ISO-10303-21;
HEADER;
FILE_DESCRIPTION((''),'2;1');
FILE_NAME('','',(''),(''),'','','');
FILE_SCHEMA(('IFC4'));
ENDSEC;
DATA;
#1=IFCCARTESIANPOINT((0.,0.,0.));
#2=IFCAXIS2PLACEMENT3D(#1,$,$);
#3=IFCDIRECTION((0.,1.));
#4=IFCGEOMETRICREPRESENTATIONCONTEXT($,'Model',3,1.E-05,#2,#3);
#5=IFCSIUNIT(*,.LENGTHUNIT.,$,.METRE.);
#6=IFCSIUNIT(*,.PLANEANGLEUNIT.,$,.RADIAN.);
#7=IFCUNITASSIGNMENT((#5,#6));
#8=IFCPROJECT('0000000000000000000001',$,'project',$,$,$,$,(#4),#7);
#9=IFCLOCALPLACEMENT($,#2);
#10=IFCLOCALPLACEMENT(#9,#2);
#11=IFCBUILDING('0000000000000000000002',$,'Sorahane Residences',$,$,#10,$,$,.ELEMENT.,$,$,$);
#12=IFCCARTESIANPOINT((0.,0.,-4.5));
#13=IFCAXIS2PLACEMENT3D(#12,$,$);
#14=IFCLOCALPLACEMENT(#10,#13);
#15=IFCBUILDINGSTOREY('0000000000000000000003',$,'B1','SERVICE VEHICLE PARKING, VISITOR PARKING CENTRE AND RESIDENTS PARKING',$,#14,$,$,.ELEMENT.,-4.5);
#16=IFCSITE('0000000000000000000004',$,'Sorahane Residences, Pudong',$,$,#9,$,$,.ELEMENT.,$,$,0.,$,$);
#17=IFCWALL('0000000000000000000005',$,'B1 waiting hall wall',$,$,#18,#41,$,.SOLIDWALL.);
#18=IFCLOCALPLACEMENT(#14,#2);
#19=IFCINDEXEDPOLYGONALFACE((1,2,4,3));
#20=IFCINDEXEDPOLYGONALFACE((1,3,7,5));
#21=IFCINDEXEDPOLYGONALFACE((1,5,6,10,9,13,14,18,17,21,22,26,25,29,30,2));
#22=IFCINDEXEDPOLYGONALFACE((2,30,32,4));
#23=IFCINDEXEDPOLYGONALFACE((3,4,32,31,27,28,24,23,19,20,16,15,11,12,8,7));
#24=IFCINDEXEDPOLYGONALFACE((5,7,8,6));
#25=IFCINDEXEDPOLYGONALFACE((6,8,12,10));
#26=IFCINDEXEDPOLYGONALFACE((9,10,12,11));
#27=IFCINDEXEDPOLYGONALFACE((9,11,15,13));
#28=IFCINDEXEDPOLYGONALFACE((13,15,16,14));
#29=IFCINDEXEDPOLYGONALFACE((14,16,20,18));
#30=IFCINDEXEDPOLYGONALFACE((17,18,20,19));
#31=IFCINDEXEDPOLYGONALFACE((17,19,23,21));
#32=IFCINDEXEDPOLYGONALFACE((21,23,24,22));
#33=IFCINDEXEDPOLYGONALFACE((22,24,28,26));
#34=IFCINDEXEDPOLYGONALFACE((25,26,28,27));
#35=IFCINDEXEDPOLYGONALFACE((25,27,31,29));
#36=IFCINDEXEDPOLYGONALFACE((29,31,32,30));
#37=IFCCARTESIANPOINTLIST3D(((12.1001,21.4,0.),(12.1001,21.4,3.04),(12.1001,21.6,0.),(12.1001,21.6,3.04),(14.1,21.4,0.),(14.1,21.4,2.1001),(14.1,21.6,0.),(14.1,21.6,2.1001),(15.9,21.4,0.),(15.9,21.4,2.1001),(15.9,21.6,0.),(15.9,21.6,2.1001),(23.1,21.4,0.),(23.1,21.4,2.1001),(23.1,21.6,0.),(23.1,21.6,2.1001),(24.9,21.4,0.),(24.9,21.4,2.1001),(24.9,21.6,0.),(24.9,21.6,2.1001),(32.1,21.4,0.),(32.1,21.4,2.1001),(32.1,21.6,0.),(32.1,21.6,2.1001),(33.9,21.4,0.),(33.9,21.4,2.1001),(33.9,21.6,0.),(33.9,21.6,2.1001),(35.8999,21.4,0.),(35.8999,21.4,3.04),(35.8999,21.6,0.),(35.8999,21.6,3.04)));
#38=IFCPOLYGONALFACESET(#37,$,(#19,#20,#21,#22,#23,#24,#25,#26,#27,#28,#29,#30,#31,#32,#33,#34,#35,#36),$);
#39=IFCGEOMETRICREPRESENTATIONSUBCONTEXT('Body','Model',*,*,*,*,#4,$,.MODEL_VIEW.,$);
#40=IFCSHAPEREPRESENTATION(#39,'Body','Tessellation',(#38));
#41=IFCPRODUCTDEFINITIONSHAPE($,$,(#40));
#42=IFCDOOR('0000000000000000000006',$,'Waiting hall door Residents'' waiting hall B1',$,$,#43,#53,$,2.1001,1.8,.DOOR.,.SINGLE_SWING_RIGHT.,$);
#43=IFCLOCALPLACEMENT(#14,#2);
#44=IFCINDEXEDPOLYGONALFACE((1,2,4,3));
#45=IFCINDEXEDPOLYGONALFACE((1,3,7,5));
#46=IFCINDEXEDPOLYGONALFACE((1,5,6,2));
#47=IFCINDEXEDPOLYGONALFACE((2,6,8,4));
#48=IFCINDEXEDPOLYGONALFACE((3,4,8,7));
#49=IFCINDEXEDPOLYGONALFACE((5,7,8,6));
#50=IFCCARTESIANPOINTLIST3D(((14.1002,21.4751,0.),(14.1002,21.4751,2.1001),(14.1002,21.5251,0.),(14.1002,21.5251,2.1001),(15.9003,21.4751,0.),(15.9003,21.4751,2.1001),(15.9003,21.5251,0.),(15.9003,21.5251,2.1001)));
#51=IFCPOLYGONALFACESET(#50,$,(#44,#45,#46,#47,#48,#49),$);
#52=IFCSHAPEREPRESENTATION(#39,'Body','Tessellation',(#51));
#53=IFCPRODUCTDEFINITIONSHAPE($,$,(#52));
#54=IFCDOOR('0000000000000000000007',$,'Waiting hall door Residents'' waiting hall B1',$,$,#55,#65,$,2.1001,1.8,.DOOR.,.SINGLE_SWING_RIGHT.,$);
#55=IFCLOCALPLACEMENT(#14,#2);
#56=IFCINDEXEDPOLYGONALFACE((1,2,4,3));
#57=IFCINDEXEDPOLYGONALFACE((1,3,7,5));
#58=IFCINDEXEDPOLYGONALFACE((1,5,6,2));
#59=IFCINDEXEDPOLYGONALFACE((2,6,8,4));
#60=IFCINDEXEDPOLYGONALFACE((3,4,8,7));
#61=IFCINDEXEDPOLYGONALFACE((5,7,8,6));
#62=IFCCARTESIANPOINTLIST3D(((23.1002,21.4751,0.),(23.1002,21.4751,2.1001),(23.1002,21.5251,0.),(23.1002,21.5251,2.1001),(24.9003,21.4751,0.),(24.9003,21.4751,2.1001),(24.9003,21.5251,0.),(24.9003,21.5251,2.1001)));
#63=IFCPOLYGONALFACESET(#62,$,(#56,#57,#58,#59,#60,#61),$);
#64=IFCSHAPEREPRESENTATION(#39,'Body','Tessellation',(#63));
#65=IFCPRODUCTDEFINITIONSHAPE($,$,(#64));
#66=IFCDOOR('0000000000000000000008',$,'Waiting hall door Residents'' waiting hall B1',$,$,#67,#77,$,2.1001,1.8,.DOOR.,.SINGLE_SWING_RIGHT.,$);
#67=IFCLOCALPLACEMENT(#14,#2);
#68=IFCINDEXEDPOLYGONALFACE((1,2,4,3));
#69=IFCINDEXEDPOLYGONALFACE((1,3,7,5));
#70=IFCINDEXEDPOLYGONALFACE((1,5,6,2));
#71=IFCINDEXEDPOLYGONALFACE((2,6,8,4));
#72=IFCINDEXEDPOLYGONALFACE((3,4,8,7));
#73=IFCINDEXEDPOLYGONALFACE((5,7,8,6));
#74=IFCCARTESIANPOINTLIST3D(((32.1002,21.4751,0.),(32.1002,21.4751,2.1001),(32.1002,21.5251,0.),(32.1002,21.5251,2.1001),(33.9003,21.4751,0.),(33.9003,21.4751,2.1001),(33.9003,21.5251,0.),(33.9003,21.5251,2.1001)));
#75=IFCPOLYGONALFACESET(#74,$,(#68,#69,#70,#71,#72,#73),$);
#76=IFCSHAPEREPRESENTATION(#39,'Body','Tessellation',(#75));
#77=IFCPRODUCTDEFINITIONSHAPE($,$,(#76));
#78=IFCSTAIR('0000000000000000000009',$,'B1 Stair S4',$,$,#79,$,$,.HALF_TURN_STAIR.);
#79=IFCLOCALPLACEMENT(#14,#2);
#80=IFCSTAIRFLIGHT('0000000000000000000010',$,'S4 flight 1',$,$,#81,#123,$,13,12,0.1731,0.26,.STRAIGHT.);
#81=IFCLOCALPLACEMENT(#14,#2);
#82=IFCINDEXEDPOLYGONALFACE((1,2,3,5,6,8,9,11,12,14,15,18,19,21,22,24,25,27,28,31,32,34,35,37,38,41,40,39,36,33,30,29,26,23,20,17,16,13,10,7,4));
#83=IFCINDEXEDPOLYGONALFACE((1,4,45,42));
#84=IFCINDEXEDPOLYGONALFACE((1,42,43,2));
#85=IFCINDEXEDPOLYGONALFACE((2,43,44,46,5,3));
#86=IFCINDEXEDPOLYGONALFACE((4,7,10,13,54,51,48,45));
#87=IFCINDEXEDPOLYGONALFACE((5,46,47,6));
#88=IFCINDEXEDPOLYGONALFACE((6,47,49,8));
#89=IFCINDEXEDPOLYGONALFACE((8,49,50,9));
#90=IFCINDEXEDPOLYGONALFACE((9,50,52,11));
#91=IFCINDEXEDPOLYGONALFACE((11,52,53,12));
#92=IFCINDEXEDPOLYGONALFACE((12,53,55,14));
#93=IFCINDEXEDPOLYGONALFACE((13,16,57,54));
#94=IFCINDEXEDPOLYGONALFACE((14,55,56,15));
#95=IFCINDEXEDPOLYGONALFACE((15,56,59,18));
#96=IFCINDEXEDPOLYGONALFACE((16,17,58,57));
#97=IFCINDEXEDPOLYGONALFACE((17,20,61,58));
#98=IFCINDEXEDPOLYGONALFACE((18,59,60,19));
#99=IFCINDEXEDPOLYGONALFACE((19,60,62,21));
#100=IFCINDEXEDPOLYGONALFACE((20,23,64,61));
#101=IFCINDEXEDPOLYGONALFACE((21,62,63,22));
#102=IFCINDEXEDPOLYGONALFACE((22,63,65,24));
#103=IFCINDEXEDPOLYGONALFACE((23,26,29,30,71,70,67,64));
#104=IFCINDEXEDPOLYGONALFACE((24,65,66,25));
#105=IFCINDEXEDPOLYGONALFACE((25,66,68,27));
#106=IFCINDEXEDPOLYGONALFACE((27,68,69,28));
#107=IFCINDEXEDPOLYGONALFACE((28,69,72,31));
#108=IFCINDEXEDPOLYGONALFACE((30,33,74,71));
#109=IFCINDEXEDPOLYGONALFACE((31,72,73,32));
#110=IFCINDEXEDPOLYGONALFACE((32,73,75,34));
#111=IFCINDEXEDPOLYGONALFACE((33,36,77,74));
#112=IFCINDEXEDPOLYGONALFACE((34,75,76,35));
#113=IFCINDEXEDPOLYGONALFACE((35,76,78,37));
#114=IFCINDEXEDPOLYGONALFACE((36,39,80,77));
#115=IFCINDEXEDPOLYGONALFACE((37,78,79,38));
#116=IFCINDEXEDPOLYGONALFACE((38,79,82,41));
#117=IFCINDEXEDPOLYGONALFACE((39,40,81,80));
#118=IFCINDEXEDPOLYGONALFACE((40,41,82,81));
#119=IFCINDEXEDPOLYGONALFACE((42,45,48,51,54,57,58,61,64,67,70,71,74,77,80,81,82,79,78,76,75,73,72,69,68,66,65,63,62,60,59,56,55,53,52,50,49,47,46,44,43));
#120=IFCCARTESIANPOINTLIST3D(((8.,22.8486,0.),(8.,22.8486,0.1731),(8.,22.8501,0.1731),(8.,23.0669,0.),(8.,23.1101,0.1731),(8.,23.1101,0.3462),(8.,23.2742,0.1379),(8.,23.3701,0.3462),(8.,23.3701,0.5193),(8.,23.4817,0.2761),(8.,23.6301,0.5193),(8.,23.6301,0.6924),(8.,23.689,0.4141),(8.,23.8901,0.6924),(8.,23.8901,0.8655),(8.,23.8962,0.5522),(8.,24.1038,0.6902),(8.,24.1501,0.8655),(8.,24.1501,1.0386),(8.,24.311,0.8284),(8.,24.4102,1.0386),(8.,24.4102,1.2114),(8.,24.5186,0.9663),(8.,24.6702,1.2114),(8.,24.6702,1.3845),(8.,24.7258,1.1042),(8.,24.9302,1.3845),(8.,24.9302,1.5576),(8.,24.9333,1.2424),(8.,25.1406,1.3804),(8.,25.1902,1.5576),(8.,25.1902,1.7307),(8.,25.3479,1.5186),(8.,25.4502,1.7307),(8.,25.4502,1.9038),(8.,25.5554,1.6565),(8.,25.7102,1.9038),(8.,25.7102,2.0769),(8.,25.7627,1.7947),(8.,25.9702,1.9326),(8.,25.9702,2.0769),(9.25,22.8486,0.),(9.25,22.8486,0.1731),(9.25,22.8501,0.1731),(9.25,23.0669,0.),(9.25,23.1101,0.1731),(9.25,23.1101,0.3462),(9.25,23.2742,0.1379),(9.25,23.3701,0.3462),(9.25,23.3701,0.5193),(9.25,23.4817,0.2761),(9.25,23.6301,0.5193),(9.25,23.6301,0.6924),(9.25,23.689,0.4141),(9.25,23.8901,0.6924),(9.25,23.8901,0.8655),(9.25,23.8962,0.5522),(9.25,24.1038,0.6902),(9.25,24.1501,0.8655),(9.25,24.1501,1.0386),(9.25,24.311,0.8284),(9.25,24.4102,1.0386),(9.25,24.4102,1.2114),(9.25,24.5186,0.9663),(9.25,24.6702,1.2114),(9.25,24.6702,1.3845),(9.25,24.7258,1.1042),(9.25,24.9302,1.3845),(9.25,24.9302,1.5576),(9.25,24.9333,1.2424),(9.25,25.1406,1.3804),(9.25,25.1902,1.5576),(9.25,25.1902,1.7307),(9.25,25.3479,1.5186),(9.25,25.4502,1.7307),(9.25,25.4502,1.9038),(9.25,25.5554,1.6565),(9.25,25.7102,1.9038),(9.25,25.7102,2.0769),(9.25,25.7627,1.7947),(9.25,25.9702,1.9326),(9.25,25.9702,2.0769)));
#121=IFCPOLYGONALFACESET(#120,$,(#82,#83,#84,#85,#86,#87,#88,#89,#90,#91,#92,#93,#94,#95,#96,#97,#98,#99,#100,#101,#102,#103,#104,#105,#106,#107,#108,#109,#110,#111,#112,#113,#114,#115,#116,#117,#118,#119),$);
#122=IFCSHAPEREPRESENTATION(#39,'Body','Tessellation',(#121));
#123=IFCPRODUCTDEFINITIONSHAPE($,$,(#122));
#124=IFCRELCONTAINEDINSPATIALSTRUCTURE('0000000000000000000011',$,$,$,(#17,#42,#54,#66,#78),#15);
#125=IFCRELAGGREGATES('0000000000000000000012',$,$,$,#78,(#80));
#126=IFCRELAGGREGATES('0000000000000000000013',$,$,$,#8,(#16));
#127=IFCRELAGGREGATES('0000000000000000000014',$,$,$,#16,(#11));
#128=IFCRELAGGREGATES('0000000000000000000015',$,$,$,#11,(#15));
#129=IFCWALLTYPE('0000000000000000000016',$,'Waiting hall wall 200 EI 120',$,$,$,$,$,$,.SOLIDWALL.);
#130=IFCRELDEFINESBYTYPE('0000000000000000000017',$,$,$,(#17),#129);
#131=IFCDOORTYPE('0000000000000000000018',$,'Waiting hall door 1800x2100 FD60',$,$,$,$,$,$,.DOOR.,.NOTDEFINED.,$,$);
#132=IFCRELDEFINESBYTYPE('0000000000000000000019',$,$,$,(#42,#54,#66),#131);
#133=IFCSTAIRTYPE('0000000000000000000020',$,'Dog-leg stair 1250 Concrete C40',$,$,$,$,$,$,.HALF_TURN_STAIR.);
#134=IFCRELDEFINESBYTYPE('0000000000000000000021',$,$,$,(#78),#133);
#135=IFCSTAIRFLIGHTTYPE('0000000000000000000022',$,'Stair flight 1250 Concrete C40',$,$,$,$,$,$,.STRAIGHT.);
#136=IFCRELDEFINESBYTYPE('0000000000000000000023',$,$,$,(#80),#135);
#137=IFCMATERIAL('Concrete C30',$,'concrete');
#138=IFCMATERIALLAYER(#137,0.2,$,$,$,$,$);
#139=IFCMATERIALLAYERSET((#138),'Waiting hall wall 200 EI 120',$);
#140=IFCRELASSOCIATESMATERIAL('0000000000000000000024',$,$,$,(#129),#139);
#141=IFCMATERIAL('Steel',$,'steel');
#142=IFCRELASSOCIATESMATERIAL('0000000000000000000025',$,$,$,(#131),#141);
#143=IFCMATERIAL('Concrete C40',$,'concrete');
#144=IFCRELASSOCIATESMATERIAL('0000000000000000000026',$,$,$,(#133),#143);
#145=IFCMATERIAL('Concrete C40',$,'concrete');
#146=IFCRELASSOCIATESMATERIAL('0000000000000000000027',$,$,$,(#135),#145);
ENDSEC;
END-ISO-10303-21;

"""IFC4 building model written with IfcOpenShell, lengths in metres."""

from ifc_helpers import new_model, si_unit, direction, frame, frame_2d, origin, place, context, subcontext, project, spatial, polyline, rectangle, outline, extrude, material, layer, layer_set, type_object, element, fill, aggregate, save


model = new_model("IFC4")

# Units and contexts
model_context = context("Model", 3, precision=1e-05, world=origin(), true_north=direction((0.0, 1.0)))
body_context = subcontext(model_context, "Body", "Model", "MODEL_VIEW")
ifc_project = project(units=[si_unit("LENGTHUNIT", "METRE"), si_unit("PLANEANGLEUNIT", "RADIAN")], contexts=[model_context])

# Site, building, storey
site_placement = place(None, origin())
site = spatial("IfcSite", under=ifc_project, at=site_placement, Name="Sorahane Residences, Pudong", CompositionType="ELEMENT", RefElevation=0.0)
building_placement = place(site_placement, origin())
building = spatial("IfcBuilding", under=site, at=building_placement, Name="Sorahane Residences", CompositionType="ELEMENT")
storey_placement = place(building_placement, frame((0.0, 0.0, -4.5)))
storey = spatial("IfcBuildingStorey", under=building, at=storey_placement, Name="B1", Description="SERVICE VEHICLE PARKING, VISITOR PARKING CENTRE AND RESIDENTS PARKING", CompositionType="ELEMENT", Elevation=-4.5)

# Wall, openings, doors
ifc_material_1 = material(Name="Concrete C30", Category="concrete")
ifc_layer_1 = layer(ifc_material_1, 0.2)
ifc_layer_set_1 = layer_set([ifc_layer_1], Name="Waiting hall wall 200 EI 120")
wall_type_1 = type_object("IfcWallType", Name="Waiting hall wall 200 EI 120", PredefinedType="SOLIDWALL", material=ifc_layer_set_1)
wall_1_placement = place(storey_placement, frame((12.1001, 21.5, 0.0), z_axis=(0.0, 0.0, 1.0), x_axis=(1.0, 0.0, 0.0)))
wall_1 = element("IfcWall", 1, at=wall_1_placement, inside=storey, type_object=wall_type_1, Name="B1 waiting hall wall", PredefinedType="SOLIDWALL", context=body_context, shape_type="SweptSolid", body=[
    extrude(rectangle(XDim=23.7998, YDim=0.2, at=frame_2d((11.8999, 0.0))), origin(), (0.0, 0.0, 1.0), 3.04),
])
opening_1_placement = place(wall_1_placement, frame((2.0, 0.0, 0.0)))
opening_1 = element("IfcOpeningElement", 2, at=opening_1_placement, cuts=wall_1, PredefinedType="OPENING", context=body_context, shape_type="SweptSolid", body=[
    extrude(rectangle(XDim=1.8, YDim=2.1001, at=frame_2d((0.8999, 1.05))), frame((0.0, 0.1099, 0.0), z_axis=(0.0, -1.0, 0.0), x_axis=(1.0, 0.0, 0.0)), (0.0, 0.0, 1.0), 0.22),
])
opening_2_placement = place(wall_1_placement, frame((11.0, 0.0, 0.0)))
opening_2 = element("IfcOpeningElement", 3, at=opening_2_placement, cuts=wall_1, PredefinedType="OPENING", context=body_context, shape_type="SweptSolid", body=[
    extrude(rectangle(XDim=1.8, YDim=2.1001, at=frame_2d((0.8999, 1.05))), frame((0.0, 0.1099, 0.0), z_axis=(0.0, -1.0, 0.0), x_axis=(1.0, 0.0, 0.0)), (0.0, 0.0, 1.0), 0.22),
])
opening_3_placement = place(wall_1_placement, frame((20.0, 0.0, 0.0)))
opening_3 = element("IfcOpeningElement", 4, at=opening_3_placement, cuts=wall_1, PredefinedType="OPENING", context=body_context, shape_type="SweptSolid", body=[
    extrude(rectangle(XDim=1.8, YDim=2.1001, at=frame_2d((0.8999, 1.05))), frame((0.0, 0.1099, 0.0), z_axis=(0.0, -1.0, 0.0), x_axis=(1.0, 0.0, 0.0)), (0.0, 0.0, 1.0), 0.22),
])
ifc_material_2 = material(Name="Steel", Category="steel")
door_type_1 = type_object("IfcDoorType", Name="Waiting hall door 1800x2100 FD60", OperationType="NOTDEFINED", PredefinedType="DOOR", material=ifc_material_2)
door_1_placement = place(opening_1_placement, frame((1.8, 0.0, 0.0), z_axis=(0.0, 0.0, 1.0), x_axis=(-1.0, 0.0, 0.0)))
door_1 = element("IfcDoor", 5, at=door_1_placement, inside=storey, type_object=door_type_1, Name="Waiting hall door Residents' waiting hall B1", OperationType="SINGLE_SWING_RIGHT", OverallHeight=2.1001, OverallWidth=1.8, PredefinedType="DOOR", context=body_context, shape_type="SweptSolid", body=[
    extrude(rectangle(XDim=1.8, YDim=2.1001, at=frame_2d((0.8999, 1.05))), frame((0.0, 0.0249, 0.0), z_axis=(0.0, -1.0, 0.0), x_axis=(1.0, 0.0, 0.0)), (0.0, 0.0, 1.0), 0.05),
])
fill(opening_1, door_1)
door_2_placement = place(opening_2_placement, frame((1.8, 0.0, 0.0), z_axis=(0.0, 0.0, 1.0), x_axis=(-1.0, 0.0, 0.0)))
door_2 = element("IfcDoor", 6, at=door_2_placement, inside=storey, type_object=door_type_1, Name="Waiting hall door Residents' waiting hall B1", OperationType="SINGLE_SWING_RIGHT", OverallHeight=2.1001, OverallWidth=1.8, PredefinedType="DOOR", context=body_context, shape_type="SweptSolid", body=[
    extrude(rectangle(XDim=1.8, YDim=2.1001, at=frame_2d((0.8999, 1.05))), frame((0.0, 0.0249, 0.0), z_axis=(0.0, -1.0, 0.0), x_axis=(1.0, 0.0, 0.0)), (0.0, 0.0, 1.0), 0.05),
])
fill(opening_2, door_2)
door_3_placement = place(opening_3_placement, frame((1.8, 0.0, 0.0), z_axis=(0.0, 0.0, 1.0), x_axis=(-1.0, 0.0, 0.0)))
door_3 = element("IfcDoor", 7, at=door_3_placement, inside=storey, type_object=door_type_1, Name="Waiting hall door Residents' waiting hall B1", OperationType="SINGLE_SWING_RIGHT", OverallHeight=2.1001, OverallWidth=1.8, PredefinedType="DOOR", context=body_context, shape_type="SweptSolid", body=[
    extrude(rectangle(XDim=1.8, YDim=2.1001, at=frame_2d((0.8999, 1.05))), frame((0.0, 0.0249, 0.0), z_axis=(0.0, -1.0, 0.0), x_axis=(1.0, 0.0, 0.0)), (0.0, 0.0, 1.0), 0.05),
])
fill(opening_3, door_3)

# Stair, stair flight
ifc_material_3 = material(Name="Concrete C40", Category="concrete")
stair_type = type_object("IfcStairType", Name="Dog-leg stair 1250 Concrete C40", PredefinedType="HALF_TURN_STAIR", material=ifc_material_3)
stair_placement = place(storey_placement, origin())
stair = element("IfcStair", 8, at=stair_placement, inside=storey, type_object=stair_type, Name="B1 Stair S4", PredefinedType="HALF_TURN_STAIR")
ifc_material_4 = material(Name="Concrete C40", Category="concrete")
stair_flight_type = type_object("IfcStairFlightType", Name="Stair flight 1250 Concrete C40", PredefinedType="STRAIGHT", material=ifc_material_4)
stair_flight_placement = place(storey_placement, frame((8.625, 22.8501, 0.0), z_axis=(0.0, 0.0, 1.0), x_axis=(0.0, 1.0, 0.0)))
stair_flight = element("IfcStairFlight", 9, at=stair_flight_placement, type_object=stair_flight_type, Name="S4 flight 1", NumberOfRisers=13, NumberOfTreads=12, PredefinedType="STRAIGHT", RiserHeight=0.1731, TreadLength=0.26, context=body_context, shape_type="SweptSolid", body=[
    extrude(outline(polyline([(-0.0015, 0.0), (-0.0015, 0.1731), (0.0, 0.1731), (0.26, 0.1731), (0.26, 0.3462), (0.52, 0.3462), (0.52, 0.5193), (0.78, 0.5193), (0.78, 0.6924), (1.04, 0.6924), (1.04, 0.8655), (1.3, 0.8655), (1.3, 1.0386), (1.5601, 1.0386), (1.5601, 1.2114), (1.8201, 1.2114), (1.8201, 1.3845), (2.0801, 1.3845), (2.0801, 1.5576), (2.3401, 1.5576), (2.3401, 1.7307), (2.6001, 1.7307), (2.6001, 1.9038), (2.8601, 1.9038), (2.8601, 2.0769), (3.1201, 2.0769), (3.1201, 2.25), (3.1201, 1.9326), (2.9126, 1.7947), (2.7053, 1.6565), (2.4978, 1.5186), (2.2905, 1.3804), (2.0833, 1.2424), (1.8757, 1.1042), (1.6685, 0.9663), (1.4609, 0.8284), (1.2537, 0.6902), (1.0461, 0.5522), (0.8389, 0.4141), (0.6316, 0.2761), (0.4241, 0.1379), (0.2168, 0.0), (-0.0015, 0.0)])), frame((0.0, 0.625, 0.0), z_axis=(0.0, -1.0, 0.0), x_axis=(1.0, 0.0, 0.0)), (0.0, 0.0, 1.0), 1.25),
])
aggregate(stair, [stair_flight])

save(model, "model.ifc")
